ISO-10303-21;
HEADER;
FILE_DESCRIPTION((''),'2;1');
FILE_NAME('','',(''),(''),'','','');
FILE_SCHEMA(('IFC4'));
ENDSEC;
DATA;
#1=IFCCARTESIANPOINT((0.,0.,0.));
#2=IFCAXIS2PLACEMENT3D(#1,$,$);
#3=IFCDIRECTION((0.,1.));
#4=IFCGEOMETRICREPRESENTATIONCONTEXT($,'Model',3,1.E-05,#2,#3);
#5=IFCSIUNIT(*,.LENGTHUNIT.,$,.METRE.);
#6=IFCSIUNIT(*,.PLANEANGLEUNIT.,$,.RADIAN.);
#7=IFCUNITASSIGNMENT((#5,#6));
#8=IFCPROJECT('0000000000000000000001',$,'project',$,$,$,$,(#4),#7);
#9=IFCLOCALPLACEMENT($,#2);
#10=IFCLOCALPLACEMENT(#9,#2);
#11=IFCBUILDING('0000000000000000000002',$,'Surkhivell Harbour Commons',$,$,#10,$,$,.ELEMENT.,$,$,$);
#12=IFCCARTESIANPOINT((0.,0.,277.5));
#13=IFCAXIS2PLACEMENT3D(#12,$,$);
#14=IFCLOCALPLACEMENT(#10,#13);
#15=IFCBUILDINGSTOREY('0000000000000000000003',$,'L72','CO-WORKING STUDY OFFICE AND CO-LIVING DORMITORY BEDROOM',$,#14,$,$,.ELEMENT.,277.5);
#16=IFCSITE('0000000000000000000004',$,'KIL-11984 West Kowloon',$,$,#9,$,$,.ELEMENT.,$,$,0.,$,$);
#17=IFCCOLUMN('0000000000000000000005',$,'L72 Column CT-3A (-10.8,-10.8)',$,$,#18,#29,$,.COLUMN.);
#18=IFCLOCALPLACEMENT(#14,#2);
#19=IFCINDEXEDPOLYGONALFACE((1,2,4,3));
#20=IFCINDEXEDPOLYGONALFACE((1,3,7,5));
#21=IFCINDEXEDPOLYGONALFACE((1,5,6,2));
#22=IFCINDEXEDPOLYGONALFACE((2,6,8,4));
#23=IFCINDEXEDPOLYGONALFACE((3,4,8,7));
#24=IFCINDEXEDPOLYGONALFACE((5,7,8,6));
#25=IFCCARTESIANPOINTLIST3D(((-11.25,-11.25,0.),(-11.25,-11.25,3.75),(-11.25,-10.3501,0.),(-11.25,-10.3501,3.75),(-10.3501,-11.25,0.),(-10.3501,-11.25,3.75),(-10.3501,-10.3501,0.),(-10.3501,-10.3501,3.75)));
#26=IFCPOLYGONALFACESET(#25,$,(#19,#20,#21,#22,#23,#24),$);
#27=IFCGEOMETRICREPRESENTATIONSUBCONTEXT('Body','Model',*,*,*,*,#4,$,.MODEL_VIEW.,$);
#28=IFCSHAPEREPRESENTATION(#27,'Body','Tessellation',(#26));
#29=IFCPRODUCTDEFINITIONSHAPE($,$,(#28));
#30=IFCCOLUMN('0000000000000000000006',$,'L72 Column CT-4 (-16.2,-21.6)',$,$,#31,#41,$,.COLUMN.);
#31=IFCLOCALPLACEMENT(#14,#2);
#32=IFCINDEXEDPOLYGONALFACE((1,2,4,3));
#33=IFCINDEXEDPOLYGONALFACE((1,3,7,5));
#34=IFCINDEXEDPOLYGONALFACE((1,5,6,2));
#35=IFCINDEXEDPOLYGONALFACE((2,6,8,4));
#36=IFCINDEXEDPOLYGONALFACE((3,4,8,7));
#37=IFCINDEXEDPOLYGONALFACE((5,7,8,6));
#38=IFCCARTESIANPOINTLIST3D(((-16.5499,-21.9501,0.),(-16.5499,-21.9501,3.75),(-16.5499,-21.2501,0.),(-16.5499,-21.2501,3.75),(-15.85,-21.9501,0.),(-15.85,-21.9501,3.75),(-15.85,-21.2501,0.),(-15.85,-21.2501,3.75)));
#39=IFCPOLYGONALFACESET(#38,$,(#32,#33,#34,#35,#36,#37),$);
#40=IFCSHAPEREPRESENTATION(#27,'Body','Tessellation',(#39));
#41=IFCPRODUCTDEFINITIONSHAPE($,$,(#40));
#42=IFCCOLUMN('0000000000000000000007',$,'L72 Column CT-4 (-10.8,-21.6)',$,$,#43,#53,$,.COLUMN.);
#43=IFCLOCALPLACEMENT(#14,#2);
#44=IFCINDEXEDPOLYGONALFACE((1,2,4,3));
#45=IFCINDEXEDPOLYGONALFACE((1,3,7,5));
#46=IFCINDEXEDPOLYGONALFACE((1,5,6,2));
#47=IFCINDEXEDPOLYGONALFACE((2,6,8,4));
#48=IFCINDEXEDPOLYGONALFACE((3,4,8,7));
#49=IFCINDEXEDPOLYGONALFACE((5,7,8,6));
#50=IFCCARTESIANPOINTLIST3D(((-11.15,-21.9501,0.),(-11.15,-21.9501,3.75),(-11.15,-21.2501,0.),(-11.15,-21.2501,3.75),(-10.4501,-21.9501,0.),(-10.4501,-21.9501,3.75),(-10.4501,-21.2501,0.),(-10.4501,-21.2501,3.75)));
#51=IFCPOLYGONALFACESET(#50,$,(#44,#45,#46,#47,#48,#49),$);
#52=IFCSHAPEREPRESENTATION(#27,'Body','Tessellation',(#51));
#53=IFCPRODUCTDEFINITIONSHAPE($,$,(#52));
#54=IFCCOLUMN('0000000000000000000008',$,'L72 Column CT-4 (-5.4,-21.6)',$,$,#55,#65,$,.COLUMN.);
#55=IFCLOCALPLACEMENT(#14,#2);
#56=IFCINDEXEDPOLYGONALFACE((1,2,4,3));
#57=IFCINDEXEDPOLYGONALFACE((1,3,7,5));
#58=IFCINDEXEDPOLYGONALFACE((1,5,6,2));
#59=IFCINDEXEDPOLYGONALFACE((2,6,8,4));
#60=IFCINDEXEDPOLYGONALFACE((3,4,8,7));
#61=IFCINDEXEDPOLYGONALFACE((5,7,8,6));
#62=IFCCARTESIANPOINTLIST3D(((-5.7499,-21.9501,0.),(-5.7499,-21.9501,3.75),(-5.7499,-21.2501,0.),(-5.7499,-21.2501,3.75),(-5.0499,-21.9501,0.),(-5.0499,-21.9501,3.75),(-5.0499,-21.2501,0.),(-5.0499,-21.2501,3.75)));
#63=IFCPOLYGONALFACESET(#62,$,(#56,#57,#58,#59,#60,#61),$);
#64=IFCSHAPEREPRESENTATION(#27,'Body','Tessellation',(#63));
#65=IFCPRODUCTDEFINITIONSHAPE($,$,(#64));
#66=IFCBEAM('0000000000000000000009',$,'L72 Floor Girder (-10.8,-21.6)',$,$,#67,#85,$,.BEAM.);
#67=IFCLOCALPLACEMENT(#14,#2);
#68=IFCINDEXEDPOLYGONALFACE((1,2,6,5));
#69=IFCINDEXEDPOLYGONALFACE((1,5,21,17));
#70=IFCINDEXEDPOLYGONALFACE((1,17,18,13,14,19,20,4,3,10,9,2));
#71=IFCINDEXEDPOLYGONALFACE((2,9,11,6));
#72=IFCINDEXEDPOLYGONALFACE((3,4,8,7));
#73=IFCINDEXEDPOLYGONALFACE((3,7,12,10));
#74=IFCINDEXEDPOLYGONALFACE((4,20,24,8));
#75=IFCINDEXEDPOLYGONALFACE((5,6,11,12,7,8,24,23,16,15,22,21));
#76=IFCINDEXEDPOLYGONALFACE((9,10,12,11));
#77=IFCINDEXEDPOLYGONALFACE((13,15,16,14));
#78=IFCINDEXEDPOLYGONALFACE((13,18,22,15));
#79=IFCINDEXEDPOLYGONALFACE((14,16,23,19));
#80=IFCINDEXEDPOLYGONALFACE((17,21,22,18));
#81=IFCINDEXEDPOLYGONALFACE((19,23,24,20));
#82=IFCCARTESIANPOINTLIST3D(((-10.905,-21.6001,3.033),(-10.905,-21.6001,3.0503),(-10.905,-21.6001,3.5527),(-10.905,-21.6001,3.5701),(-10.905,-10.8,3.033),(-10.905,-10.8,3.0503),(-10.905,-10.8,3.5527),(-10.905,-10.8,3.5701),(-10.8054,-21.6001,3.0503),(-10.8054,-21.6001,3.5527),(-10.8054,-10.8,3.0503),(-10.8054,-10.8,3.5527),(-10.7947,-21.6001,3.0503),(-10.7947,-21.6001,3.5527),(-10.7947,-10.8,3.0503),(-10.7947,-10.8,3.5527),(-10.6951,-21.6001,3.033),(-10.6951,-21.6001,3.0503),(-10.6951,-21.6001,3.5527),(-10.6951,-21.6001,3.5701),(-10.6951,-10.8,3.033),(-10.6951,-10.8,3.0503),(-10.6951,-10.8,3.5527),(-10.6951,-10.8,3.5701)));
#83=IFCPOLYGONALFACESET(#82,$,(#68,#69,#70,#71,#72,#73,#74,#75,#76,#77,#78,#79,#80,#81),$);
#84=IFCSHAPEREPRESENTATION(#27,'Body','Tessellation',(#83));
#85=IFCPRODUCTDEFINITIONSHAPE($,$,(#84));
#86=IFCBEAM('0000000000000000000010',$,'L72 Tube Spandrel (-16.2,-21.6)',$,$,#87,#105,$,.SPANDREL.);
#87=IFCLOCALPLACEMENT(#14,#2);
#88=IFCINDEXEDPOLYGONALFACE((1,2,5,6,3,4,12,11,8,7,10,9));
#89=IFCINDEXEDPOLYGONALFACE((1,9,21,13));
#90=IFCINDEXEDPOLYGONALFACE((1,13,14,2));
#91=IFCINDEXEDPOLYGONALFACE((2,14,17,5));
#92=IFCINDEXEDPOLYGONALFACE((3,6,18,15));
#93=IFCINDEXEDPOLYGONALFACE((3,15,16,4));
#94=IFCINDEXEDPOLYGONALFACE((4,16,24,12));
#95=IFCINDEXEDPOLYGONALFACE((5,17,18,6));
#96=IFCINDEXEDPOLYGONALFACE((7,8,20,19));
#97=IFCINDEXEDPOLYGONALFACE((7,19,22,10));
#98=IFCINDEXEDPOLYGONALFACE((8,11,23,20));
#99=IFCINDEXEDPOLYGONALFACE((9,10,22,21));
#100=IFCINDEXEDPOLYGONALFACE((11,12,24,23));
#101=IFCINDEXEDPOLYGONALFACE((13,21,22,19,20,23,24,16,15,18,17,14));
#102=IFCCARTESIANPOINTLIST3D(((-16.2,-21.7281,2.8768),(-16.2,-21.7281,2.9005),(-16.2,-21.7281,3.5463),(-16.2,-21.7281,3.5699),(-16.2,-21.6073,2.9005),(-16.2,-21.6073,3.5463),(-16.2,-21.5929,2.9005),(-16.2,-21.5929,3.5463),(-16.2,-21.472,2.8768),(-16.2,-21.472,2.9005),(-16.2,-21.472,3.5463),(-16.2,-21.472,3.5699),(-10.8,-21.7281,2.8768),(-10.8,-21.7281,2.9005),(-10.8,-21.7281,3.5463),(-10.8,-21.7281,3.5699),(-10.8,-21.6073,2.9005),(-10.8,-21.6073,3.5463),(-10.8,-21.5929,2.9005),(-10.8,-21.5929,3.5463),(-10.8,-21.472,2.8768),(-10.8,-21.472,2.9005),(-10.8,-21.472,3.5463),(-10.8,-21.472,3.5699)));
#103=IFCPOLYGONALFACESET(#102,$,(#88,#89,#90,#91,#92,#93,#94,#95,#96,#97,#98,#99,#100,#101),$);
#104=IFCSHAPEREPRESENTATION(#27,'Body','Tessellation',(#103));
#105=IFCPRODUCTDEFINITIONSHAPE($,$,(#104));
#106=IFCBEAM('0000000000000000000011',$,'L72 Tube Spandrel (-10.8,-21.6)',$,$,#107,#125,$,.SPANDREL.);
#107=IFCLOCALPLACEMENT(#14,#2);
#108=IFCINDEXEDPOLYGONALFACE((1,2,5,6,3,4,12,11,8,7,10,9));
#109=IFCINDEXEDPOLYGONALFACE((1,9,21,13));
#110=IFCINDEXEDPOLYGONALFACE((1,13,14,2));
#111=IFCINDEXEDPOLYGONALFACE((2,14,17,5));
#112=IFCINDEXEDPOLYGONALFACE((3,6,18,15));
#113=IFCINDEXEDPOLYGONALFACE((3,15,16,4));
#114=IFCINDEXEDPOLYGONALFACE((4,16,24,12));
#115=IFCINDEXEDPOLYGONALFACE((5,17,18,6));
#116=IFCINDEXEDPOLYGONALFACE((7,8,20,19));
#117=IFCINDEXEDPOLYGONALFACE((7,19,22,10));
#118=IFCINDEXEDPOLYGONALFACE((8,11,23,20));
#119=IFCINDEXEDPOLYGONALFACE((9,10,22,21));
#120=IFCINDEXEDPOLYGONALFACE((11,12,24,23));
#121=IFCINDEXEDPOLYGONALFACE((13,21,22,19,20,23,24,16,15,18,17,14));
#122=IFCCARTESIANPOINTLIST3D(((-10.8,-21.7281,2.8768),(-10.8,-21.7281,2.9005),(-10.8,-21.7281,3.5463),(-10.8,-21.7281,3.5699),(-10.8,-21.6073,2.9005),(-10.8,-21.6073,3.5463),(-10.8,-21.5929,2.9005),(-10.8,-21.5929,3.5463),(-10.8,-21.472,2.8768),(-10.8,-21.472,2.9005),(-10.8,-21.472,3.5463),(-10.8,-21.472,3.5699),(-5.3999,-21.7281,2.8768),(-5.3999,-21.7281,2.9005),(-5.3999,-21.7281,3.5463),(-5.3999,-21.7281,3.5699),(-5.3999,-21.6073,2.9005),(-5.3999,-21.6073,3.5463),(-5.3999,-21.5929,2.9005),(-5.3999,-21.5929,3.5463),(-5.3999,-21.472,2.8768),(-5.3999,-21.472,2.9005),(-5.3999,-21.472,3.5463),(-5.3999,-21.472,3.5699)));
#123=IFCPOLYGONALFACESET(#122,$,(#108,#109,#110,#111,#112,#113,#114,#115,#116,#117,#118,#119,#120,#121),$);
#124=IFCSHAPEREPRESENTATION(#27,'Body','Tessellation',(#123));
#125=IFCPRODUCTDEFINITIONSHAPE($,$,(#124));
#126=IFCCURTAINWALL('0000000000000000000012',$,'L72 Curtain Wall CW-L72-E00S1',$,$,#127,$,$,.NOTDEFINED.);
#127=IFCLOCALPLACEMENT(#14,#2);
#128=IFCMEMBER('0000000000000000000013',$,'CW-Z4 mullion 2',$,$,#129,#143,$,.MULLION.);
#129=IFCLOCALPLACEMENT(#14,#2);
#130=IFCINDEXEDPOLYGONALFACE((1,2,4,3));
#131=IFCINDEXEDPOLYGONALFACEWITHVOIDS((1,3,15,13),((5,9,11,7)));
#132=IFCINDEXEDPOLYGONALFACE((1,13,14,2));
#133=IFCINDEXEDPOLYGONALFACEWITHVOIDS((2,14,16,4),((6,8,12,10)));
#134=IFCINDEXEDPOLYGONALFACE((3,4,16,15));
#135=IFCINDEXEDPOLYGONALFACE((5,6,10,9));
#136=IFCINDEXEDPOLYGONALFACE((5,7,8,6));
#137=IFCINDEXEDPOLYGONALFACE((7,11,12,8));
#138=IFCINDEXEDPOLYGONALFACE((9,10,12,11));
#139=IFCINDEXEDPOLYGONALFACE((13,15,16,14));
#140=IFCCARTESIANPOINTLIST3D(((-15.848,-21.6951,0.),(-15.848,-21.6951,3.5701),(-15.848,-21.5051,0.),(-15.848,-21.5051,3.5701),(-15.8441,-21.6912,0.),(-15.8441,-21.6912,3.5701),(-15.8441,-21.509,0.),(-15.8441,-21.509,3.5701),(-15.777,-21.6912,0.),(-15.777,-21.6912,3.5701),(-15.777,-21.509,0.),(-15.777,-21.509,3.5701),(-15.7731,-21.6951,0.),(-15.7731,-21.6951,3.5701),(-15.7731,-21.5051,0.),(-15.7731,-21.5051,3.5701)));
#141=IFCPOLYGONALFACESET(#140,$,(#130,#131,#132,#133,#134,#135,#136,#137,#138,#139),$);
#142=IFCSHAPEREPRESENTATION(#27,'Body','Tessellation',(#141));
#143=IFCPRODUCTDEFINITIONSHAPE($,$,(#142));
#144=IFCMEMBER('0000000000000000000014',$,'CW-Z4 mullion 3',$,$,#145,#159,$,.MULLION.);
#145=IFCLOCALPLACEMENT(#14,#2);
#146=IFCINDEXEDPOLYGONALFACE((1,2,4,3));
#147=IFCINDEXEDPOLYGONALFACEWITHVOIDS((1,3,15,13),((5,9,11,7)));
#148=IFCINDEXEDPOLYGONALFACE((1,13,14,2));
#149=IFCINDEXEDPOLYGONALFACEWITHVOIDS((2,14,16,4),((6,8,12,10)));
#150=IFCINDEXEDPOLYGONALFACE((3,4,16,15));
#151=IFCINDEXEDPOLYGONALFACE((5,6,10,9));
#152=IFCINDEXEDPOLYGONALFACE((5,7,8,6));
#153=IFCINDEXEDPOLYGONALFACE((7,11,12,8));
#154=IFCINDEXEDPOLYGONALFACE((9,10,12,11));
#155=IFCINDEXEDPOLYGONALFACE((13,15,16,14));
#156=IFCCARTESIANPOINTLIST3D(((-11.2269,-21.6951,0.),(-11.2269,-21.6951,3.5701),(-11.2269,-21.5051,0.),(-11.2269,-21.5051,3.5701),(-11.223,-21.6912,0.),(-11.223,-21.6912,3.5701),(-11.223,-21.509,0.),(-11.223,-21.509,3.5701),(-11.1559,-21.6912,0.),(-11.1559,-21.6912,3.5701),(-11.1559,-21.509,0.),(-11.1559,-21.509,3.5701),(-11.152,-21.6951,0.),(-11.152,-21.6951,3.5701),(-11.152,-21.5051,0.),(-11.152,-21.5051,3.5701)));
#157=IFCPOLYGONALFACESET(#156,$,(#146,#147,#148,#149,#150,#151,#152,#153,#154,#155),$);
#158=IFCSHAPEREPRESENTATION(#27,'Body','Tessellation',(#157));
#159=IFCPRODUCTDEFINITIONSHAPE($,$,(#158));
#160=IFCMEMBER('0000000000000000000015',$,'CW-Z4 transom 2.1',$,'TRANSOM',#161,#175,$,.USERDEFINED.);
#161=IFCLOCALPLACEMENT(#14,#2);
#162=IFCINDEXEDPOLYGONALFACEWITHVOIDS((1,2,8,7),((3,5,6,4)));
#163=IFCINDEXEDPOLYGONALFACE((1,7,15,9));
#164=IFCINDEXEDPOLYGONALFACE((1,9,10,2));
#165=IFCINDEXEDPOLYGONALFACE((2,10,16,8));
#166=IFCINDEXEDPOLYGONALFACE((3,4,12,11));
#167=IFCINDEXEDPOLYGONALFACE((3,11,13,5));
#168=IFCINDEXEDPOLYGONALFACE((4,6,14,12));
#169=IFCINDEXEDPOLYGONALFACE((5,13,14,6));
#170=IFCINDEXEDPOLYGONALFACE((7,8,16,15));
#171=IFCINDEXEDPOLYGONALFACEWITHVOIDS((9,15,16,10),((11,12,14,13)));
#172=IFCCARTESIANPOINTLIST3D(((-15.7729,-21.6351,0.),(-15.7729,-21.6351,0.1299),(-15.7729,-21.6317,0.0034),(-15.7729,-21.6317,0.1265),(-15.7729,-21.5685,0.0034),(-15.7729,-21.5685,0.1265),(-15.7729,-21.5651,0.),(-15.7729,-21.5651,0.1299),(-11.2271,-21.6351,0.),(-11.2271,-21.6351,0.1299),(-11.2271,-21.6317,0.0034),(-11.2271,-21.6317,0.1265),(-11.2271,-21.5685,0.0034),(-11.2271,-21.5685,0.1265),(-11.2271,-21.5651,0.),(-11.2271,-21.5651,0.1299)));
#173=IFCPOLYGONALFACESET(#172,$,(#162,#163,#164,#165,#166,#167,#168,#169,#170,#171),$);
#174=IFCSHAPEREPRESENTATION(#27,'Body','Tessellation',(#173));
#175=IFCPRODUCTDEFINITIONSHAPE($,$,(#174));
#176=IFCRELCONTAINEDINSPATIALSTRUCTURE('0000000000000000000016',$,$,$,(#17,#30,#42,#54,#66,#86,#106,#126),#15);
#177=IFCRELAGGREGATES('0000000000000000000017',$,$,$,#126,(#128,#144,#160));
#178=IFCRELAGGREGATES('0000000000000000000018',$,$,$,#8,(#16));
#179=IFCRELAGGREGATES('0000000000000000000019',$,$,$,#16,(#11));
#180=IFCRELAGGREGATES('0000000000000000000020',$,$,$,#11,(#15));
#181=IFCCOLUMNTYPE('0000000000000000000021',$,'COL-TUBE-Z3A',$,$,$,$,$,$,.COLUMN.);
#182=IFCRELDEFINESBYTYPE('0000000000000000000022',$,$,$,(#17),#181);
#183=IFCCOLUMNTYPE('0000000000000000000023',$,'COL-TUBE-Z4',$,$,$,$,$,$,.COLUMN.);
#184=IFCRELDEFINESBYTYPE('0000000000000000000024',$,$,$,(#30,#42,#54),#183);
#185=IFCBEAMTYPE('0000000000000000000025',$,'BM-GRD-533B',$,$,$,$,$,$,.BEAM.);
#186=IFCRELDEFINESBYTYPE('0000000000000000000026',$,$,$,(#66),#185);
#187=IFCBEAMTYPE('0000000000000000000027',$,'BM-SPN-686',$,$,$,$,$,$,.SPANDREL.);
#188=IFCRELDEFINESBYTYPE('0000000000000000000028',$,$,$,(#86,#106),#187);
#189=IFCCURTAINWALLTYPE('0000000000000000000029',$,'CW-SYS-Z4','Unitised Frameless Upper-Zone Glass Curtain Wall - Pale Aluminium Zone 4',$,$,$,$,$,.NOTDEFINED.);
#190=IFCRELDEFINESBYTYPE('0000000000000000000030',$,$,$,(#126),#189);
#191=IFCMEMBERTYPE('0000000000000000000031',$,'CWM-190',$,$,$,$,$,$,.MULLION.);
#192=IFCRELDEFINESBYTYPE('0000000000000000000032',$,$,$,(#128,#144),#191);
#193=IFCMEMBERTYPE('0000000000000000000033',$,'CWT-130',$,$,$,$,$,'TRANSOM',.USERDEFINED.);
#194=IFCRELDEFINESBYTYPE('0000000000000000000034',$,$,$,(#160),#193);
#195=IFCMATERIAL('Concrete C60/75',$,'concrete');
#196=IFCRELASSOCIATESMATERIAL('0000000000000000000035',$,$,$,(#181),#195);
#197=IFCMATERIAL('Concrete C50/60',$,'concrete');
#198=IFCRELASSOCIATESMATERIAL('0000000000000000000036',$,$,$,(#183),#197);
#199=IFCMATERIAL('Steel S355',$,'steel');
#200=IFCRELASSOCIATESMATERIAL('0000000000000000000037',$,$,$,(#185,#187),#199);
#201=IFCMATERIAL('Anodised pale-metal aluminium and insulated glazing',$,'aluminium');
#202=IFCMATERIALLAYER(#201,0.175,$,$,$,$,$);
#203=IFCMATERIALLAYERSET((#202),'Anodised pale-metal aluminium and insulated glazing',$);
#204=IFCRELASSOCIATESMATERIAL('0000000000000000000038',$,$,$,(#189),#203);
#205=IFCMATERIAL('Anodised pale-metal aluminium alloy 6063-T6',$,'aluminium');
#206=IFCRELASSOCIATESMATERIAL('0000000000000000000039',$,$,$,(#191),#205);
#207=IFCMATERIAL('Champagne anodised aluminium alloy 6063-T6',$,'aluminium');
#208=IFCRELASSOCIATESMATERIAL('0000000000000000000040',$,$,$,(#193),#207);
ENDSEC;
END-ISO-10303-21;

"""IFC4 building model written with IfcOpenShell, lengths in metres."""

from ifc_helpers import new_model, si_unit, direction, frame, origin, origin_2d, place, context, subcontext, project, spatial, rectangle, hollow_rectangle, i_section, extrude, material, layer, layer_set, material_profile, profile_set, type_object, element, aggregate, save


model = new_model("IFC4")

# Units and contexts
model_context = context("Model", 3, precision=1e-05, world=origin(), true_north=direction((0.0, 1.0)))
body_context = subcontext(model_context, "Body", "Model", "MODEL_VIEW")
ifc_project = project(units=[si_unit("LENGTHUNIT", "METRE"), si_unit("PLANEANGLEUNIT", "RADIAN")], contexts=[model_context])

# Site, building, storey
site_placement = place(None, origin())
site = spatial("IfcSite", under=ifc_project, at=site_placement, Name="KIL-11984 West Kowloon", CompositionType="ELEMENT", RefElevation=0.0)
building_placement = place(site_placement, origin())
building = spatial("IfcBuilding", under=site, at=building_placement, Name="Surkhivell Harbour Commons", CompositionType="ELEMENT")
storey_placement = place(building_placement, frame((0.0, 0.0, 277.5)))
storey = spatial("IfcBuildingStorey", under=building, at=storey_placement, Name="L72", Description="CO-WORKING STUDY OFFICE AND CO-LIVING DORMITORY BEDROOM", CompositionType="ELEMENT", Elevation=277.5)

# Columns
ifc_material_1 = material(Name="Concrete C60/75", Category="concrete")
ifc_material_profile_1 = material_profile(ifc_material_1, rectangle(XDim=0.8999, YDim=0.8999, at=origin_2d()), Name="RC-COL-900x900")
ifc_profile_set_1 = profile_set([ifc_material_profile_1], Name="Concrete C60/75")
column_type_1 = type_object("IfcColumnType", Name="COL-TUBE-Z3A", PredefinedType="COLUMN", material=ifc_profile_set_1)
column_placement = place(storey_placement, frame((-10.8, -10.8, 0.0), z_axis=(0.0, 0.0, 1.0), x_axis=(1.0, 0.0, 0.0)))
element("IfcColumn", 1, at=column_placement, inside=storey, type_object=column_type_1, Name="L72 Column CT-3A (-10.8,-10.8)", PredefinedType="COLUMN", context=body_context, shape_type="SweptSolid", body=[
    extrude(rectangle(XDim=0.8999, YDim=0.8999, at=origin_2d()), origin(), (0.0, 0.0, 1.0), 3.75),
])
ifc_material_2 = material(Name="Concrete C50/60", Category="concrete")
ifc_material_profile_2 = material_profile(ifc_material_2, rectangle(XDim=0.7, YDim=0.7, at=origin_2d()), Name="RC-COL-700x700")
ifc_profile_set_2 = profile_set([ifc_material_profile_2], Name="Concrete C50/60")
column_type_2 = type_object("IfcColumnType", Name="COL-TUBE-Z4", PredefinedType="COLUMN", material=ifc_profile_set_2)
for number, where, z_axis, x_axis, name in (
    (2, (-16.2, -21.6001, 0.0), (0.0, 0.0, 1.0), (1.0, 0.0, 0.0), "L72 Column CT-4 (-16.2,-21.6)"),
    (3, (-10.8, -21.6001, 0.0), (0.0, 0.0, 1.0), (1.0, 0.0, 0.0), "L72 Column CT-4 (-10.8,-21.6)"),
    (4, (-5.3999, -21.6001, 0.0), (0.0, 0.0, 1.0), (1.0, 0.0, 0.0), "L72 Column CT-4 (-5.4,-21.6)"),
):
    element("IfcColumn", number, at=place(storey_placement, frame(where, z_axis=z_axis, x_axis=x_axis)), inside=storey, type_object=column_type_2, Name=name, PredefinedType="COLUMN", context=body_context, shape_type="SweptSolid", body=[
        extrude(rectangle(XDim=0.7, YDim=0.7, at=origin_2d()), origin(), (0.0, 0.0, 1.0), 3.75),
    ])

# Beams
ifc_material_3 = material(Name="Steel S355", Category="steel")
ifc_material_profile_3 = material_profile(ifc_material_3, i_section(OverallWidth=0.21, OverallDepth=0.5371, WebThickness=0.0107, FlangeThickness=0.0173, at=origin_2d()), Name="UB533x210x101")
ifc_profile_set_3 = profile_set([ifc_material_profile_3], Name="Steel S355")
beam_type_1 = type_object("IfcBeamType", Name="BM-GRD-533B", PredefinedType="BEAM", material=ifc_profile_set_3)
beam_1_placement = place(storey_placement, frame((-10.8, -21.6001, 3.3015), z_axis=(0.0, 1.0, 0.0), x_axis=(-1.0, 0.0, 0.0)))
element("IfcBeam", 5, at=beam_1_placement, inside=storey, type_object=beam_type_1, Name="L72 Floor Girder (-10.8,-21.6)", PredefinedType="BEAM", context=body_context, shape_type="SweptSolid", body=[
    extrude(i_section(OverallWidth=0.21, OverallDepth=0.5371, WebThickness=0.0107, FlangeThickness=0.0173, at=origin_2d()), origin(), (0.0, 0.0, 1.0), 10.8),
])
ifc_material_profile_4 = material_profile(ifc_material_3, i_section(OverallWidth=0.2561, OverallDepth=0.6931, WebThickness=0.0144, FlangeThickness=0.0237, at=origin_2d()), Name="UB686x254x170")
ifc_profile_set_4 = profile_set([ifc_material_profile_4], Name="Steel S355")
beam_type_2 = type_object("IfcBeamType", Name="BM-SPN-686", PredefinedType="SPANDREL", material=ifc_profile_set_4)
beam_2_placement = place(storey_placement, frame((-16.2, -21.6001, 3.2234), z_axis=(1.0, 0.0, 0.0), x_axis=(0.0, 1.0, 0.0)))
element("IfcBeam", 6, at=beam_2_placement, inside=storey, type_object=beam_type_2, Name="L72 Tube Spandrel (-16.2,-21.6)", PredefinedType="SPANDREL", context=body_context, shape_type="SweptSolid", body=[
    extrude(i_section(OverallWidth=0.2561, OverallDepth=0.6931, WebThickness=0.0144, FlangeThickness=0.0237, at=origin_2d()), origin(), (0.0, 0.0, 1.0), 5.3999),
])
beam_3_placement = place(storey_placement, frame((-10.8, -21.6001, 3.2234), z_axis=(1.0, 0.0, 0.0), x_axis=(0.0, 1.0, 0.0)))
element("IfcBeam", 7, at=beam_3_placement, inside=storey, type_object=beam_type_2, Name="L72 Tube Spandrel (-10.8,-21.6)", PredefinedType="SPANDREL", context=body_context, shape_type="SweptSolid", body=[
    extrude(i_section(OverallWidth=0.2561, OverallDepth=0.6931, WebThickness=0.0144, FlangeThickness=0.0237, at=origin_2d()), origin(), (0.0, 0.0, 1.0), 5.4001),
])

# Curtain wall, members
ifc_material_4 = material(Name="Anodised pale-metal aluminium and insulated glazing", Category="aluminium")
ifc_layer_1 = layer(ifc_material_4, 0.175)
ifc_layer_set_1 = layer_set([ifc_layer_1], Name="Anodised pale-metal aluminium and insulated glazing")
curtain_wall_type = type_object("IfcCurtainWallType", Name="CW-SYS-Z4", Description="Unitised Frameless Upper-Zone Glass Curtain Wall - Pale Aluminium Zone 4", PredefinedType="NOTDEFINED", material=ifc_layer_set_1)
curtain_wall_placement = place(storey_placement, origin())
curtain_wall = element("IfcCurtainWall", 8, at=curtain_wall_placement, inside=storey, type_object=curtain_wall_type, Name="L72 Curtain Wall CW-L72-E00S1", PredefinedType="NOTDEFINED")
ifc_material_5 = material(Name="Anodised pale-metal aluminium alloy 6063-T6", Category="aluminium")
ifc_material_profile_5 = material_profile(ifc_material_5, hollow_rectangle(XDim=0.075, YDim=0.1899, WallThickness=0.0039, at=origin_2d()), Name="ALU-MULL-75x190")
ifc_profile_set_5 = profile_set([ifc_material_profile_5], Name="Anodised pale-metal aluminium alloy 6063-T6")
member_type_1 = type_object("IfcMemberType", Name="CWM-190", PredefinedType="MULLION", material=ifc_profile_set_5)
member_1_placement = place(storey_placement, frame((-15.8105, -21.6001, 0.0), z_axis=(0.0, 0.0, 1.0), x_axis=(1.0, 0.0, 0.0)))
member_1 = element("IfcMember", 9, at=member_1_placement, type_object=member_type_1, Name="CW-Z4 mullion 2", PredefinedType="MULLION", context=body_context, shape_type="SweptSolid", body=[
    extrude(hollow_rectangle(XDim=0.075, YDim=0.1899, WallThickness=0.0039, at=origin_2d()), origin(), (0.0, 0.0, 1.0), 3.5701),
])
member_2_placement = place(storey_placement, frame((-11.1895, -21.6001, 0.0), z_axis=(0.0, 0.0, 1.0), x_axis=(1.0, 0.0, 0.0)))
member_2 = element("IfcMember", 10, at=member_2_placement, type_object=member_type_1, Name="CW-Z4 mullion 3", PredefinedType="MULLION", context=body_context, shape_type="SweptSolid", body=[
    extrude(hollow_rectangle(XDim=0.075, YDim=0.1899, WallThickness=0.0039, at=origin_2d()), origin(), (0.0, 0.0, 1.0), 3.5701),
])
ifc_material_6 = material(Name="Champagne anodised aluminium alloy 6063-T6", Category="aluminium")
ifc_material_profile_6 = material_profile(ifc_material_6, hollow_rectangle(XDim=0.0701, YDim=0.1299, WallThickness=0.0034, at=origin_2d()), Name="ALU-TRAN-70x130")
ifc_profile_set_6 = profile_set([ifc_material_profile_6], Name="Champagne anodised aluminium alloy 6063-T6")
member_type_2 = type_object("IfcMemberType", Name="CWT-130", ElementType="TRANSOM", PredefinedType="USERDEFINED", material=ifc_profile_set_6)
member_3_placement = place(storey_placement, frame((-15.7729, -21.6001, 0.0649), z_axis=(1.0, 0.0, 0.0), x_axis=(0.0, 1.0, 0.0)))
member_3 = element("IfcMember", 11, at=member_3_placement, type_object=member_type_2, Name="CW-Z4 transom 2.1", ObjectType="TRANSOM", PredefinedType="USERDEFINED", context=body_context, shape_type="SweptSolid", body=[
    extrude(hollow_rectangle(XDim=0.0701, YDim=0.1299, WallThickness=0.0034, at=origin_2d()), origin(), (0.0, 0.0, 1.0), 4.5459),
])

aggregate(curtain_wall, [member_1, member_2, member_3])

save(model, "model.ifc")
